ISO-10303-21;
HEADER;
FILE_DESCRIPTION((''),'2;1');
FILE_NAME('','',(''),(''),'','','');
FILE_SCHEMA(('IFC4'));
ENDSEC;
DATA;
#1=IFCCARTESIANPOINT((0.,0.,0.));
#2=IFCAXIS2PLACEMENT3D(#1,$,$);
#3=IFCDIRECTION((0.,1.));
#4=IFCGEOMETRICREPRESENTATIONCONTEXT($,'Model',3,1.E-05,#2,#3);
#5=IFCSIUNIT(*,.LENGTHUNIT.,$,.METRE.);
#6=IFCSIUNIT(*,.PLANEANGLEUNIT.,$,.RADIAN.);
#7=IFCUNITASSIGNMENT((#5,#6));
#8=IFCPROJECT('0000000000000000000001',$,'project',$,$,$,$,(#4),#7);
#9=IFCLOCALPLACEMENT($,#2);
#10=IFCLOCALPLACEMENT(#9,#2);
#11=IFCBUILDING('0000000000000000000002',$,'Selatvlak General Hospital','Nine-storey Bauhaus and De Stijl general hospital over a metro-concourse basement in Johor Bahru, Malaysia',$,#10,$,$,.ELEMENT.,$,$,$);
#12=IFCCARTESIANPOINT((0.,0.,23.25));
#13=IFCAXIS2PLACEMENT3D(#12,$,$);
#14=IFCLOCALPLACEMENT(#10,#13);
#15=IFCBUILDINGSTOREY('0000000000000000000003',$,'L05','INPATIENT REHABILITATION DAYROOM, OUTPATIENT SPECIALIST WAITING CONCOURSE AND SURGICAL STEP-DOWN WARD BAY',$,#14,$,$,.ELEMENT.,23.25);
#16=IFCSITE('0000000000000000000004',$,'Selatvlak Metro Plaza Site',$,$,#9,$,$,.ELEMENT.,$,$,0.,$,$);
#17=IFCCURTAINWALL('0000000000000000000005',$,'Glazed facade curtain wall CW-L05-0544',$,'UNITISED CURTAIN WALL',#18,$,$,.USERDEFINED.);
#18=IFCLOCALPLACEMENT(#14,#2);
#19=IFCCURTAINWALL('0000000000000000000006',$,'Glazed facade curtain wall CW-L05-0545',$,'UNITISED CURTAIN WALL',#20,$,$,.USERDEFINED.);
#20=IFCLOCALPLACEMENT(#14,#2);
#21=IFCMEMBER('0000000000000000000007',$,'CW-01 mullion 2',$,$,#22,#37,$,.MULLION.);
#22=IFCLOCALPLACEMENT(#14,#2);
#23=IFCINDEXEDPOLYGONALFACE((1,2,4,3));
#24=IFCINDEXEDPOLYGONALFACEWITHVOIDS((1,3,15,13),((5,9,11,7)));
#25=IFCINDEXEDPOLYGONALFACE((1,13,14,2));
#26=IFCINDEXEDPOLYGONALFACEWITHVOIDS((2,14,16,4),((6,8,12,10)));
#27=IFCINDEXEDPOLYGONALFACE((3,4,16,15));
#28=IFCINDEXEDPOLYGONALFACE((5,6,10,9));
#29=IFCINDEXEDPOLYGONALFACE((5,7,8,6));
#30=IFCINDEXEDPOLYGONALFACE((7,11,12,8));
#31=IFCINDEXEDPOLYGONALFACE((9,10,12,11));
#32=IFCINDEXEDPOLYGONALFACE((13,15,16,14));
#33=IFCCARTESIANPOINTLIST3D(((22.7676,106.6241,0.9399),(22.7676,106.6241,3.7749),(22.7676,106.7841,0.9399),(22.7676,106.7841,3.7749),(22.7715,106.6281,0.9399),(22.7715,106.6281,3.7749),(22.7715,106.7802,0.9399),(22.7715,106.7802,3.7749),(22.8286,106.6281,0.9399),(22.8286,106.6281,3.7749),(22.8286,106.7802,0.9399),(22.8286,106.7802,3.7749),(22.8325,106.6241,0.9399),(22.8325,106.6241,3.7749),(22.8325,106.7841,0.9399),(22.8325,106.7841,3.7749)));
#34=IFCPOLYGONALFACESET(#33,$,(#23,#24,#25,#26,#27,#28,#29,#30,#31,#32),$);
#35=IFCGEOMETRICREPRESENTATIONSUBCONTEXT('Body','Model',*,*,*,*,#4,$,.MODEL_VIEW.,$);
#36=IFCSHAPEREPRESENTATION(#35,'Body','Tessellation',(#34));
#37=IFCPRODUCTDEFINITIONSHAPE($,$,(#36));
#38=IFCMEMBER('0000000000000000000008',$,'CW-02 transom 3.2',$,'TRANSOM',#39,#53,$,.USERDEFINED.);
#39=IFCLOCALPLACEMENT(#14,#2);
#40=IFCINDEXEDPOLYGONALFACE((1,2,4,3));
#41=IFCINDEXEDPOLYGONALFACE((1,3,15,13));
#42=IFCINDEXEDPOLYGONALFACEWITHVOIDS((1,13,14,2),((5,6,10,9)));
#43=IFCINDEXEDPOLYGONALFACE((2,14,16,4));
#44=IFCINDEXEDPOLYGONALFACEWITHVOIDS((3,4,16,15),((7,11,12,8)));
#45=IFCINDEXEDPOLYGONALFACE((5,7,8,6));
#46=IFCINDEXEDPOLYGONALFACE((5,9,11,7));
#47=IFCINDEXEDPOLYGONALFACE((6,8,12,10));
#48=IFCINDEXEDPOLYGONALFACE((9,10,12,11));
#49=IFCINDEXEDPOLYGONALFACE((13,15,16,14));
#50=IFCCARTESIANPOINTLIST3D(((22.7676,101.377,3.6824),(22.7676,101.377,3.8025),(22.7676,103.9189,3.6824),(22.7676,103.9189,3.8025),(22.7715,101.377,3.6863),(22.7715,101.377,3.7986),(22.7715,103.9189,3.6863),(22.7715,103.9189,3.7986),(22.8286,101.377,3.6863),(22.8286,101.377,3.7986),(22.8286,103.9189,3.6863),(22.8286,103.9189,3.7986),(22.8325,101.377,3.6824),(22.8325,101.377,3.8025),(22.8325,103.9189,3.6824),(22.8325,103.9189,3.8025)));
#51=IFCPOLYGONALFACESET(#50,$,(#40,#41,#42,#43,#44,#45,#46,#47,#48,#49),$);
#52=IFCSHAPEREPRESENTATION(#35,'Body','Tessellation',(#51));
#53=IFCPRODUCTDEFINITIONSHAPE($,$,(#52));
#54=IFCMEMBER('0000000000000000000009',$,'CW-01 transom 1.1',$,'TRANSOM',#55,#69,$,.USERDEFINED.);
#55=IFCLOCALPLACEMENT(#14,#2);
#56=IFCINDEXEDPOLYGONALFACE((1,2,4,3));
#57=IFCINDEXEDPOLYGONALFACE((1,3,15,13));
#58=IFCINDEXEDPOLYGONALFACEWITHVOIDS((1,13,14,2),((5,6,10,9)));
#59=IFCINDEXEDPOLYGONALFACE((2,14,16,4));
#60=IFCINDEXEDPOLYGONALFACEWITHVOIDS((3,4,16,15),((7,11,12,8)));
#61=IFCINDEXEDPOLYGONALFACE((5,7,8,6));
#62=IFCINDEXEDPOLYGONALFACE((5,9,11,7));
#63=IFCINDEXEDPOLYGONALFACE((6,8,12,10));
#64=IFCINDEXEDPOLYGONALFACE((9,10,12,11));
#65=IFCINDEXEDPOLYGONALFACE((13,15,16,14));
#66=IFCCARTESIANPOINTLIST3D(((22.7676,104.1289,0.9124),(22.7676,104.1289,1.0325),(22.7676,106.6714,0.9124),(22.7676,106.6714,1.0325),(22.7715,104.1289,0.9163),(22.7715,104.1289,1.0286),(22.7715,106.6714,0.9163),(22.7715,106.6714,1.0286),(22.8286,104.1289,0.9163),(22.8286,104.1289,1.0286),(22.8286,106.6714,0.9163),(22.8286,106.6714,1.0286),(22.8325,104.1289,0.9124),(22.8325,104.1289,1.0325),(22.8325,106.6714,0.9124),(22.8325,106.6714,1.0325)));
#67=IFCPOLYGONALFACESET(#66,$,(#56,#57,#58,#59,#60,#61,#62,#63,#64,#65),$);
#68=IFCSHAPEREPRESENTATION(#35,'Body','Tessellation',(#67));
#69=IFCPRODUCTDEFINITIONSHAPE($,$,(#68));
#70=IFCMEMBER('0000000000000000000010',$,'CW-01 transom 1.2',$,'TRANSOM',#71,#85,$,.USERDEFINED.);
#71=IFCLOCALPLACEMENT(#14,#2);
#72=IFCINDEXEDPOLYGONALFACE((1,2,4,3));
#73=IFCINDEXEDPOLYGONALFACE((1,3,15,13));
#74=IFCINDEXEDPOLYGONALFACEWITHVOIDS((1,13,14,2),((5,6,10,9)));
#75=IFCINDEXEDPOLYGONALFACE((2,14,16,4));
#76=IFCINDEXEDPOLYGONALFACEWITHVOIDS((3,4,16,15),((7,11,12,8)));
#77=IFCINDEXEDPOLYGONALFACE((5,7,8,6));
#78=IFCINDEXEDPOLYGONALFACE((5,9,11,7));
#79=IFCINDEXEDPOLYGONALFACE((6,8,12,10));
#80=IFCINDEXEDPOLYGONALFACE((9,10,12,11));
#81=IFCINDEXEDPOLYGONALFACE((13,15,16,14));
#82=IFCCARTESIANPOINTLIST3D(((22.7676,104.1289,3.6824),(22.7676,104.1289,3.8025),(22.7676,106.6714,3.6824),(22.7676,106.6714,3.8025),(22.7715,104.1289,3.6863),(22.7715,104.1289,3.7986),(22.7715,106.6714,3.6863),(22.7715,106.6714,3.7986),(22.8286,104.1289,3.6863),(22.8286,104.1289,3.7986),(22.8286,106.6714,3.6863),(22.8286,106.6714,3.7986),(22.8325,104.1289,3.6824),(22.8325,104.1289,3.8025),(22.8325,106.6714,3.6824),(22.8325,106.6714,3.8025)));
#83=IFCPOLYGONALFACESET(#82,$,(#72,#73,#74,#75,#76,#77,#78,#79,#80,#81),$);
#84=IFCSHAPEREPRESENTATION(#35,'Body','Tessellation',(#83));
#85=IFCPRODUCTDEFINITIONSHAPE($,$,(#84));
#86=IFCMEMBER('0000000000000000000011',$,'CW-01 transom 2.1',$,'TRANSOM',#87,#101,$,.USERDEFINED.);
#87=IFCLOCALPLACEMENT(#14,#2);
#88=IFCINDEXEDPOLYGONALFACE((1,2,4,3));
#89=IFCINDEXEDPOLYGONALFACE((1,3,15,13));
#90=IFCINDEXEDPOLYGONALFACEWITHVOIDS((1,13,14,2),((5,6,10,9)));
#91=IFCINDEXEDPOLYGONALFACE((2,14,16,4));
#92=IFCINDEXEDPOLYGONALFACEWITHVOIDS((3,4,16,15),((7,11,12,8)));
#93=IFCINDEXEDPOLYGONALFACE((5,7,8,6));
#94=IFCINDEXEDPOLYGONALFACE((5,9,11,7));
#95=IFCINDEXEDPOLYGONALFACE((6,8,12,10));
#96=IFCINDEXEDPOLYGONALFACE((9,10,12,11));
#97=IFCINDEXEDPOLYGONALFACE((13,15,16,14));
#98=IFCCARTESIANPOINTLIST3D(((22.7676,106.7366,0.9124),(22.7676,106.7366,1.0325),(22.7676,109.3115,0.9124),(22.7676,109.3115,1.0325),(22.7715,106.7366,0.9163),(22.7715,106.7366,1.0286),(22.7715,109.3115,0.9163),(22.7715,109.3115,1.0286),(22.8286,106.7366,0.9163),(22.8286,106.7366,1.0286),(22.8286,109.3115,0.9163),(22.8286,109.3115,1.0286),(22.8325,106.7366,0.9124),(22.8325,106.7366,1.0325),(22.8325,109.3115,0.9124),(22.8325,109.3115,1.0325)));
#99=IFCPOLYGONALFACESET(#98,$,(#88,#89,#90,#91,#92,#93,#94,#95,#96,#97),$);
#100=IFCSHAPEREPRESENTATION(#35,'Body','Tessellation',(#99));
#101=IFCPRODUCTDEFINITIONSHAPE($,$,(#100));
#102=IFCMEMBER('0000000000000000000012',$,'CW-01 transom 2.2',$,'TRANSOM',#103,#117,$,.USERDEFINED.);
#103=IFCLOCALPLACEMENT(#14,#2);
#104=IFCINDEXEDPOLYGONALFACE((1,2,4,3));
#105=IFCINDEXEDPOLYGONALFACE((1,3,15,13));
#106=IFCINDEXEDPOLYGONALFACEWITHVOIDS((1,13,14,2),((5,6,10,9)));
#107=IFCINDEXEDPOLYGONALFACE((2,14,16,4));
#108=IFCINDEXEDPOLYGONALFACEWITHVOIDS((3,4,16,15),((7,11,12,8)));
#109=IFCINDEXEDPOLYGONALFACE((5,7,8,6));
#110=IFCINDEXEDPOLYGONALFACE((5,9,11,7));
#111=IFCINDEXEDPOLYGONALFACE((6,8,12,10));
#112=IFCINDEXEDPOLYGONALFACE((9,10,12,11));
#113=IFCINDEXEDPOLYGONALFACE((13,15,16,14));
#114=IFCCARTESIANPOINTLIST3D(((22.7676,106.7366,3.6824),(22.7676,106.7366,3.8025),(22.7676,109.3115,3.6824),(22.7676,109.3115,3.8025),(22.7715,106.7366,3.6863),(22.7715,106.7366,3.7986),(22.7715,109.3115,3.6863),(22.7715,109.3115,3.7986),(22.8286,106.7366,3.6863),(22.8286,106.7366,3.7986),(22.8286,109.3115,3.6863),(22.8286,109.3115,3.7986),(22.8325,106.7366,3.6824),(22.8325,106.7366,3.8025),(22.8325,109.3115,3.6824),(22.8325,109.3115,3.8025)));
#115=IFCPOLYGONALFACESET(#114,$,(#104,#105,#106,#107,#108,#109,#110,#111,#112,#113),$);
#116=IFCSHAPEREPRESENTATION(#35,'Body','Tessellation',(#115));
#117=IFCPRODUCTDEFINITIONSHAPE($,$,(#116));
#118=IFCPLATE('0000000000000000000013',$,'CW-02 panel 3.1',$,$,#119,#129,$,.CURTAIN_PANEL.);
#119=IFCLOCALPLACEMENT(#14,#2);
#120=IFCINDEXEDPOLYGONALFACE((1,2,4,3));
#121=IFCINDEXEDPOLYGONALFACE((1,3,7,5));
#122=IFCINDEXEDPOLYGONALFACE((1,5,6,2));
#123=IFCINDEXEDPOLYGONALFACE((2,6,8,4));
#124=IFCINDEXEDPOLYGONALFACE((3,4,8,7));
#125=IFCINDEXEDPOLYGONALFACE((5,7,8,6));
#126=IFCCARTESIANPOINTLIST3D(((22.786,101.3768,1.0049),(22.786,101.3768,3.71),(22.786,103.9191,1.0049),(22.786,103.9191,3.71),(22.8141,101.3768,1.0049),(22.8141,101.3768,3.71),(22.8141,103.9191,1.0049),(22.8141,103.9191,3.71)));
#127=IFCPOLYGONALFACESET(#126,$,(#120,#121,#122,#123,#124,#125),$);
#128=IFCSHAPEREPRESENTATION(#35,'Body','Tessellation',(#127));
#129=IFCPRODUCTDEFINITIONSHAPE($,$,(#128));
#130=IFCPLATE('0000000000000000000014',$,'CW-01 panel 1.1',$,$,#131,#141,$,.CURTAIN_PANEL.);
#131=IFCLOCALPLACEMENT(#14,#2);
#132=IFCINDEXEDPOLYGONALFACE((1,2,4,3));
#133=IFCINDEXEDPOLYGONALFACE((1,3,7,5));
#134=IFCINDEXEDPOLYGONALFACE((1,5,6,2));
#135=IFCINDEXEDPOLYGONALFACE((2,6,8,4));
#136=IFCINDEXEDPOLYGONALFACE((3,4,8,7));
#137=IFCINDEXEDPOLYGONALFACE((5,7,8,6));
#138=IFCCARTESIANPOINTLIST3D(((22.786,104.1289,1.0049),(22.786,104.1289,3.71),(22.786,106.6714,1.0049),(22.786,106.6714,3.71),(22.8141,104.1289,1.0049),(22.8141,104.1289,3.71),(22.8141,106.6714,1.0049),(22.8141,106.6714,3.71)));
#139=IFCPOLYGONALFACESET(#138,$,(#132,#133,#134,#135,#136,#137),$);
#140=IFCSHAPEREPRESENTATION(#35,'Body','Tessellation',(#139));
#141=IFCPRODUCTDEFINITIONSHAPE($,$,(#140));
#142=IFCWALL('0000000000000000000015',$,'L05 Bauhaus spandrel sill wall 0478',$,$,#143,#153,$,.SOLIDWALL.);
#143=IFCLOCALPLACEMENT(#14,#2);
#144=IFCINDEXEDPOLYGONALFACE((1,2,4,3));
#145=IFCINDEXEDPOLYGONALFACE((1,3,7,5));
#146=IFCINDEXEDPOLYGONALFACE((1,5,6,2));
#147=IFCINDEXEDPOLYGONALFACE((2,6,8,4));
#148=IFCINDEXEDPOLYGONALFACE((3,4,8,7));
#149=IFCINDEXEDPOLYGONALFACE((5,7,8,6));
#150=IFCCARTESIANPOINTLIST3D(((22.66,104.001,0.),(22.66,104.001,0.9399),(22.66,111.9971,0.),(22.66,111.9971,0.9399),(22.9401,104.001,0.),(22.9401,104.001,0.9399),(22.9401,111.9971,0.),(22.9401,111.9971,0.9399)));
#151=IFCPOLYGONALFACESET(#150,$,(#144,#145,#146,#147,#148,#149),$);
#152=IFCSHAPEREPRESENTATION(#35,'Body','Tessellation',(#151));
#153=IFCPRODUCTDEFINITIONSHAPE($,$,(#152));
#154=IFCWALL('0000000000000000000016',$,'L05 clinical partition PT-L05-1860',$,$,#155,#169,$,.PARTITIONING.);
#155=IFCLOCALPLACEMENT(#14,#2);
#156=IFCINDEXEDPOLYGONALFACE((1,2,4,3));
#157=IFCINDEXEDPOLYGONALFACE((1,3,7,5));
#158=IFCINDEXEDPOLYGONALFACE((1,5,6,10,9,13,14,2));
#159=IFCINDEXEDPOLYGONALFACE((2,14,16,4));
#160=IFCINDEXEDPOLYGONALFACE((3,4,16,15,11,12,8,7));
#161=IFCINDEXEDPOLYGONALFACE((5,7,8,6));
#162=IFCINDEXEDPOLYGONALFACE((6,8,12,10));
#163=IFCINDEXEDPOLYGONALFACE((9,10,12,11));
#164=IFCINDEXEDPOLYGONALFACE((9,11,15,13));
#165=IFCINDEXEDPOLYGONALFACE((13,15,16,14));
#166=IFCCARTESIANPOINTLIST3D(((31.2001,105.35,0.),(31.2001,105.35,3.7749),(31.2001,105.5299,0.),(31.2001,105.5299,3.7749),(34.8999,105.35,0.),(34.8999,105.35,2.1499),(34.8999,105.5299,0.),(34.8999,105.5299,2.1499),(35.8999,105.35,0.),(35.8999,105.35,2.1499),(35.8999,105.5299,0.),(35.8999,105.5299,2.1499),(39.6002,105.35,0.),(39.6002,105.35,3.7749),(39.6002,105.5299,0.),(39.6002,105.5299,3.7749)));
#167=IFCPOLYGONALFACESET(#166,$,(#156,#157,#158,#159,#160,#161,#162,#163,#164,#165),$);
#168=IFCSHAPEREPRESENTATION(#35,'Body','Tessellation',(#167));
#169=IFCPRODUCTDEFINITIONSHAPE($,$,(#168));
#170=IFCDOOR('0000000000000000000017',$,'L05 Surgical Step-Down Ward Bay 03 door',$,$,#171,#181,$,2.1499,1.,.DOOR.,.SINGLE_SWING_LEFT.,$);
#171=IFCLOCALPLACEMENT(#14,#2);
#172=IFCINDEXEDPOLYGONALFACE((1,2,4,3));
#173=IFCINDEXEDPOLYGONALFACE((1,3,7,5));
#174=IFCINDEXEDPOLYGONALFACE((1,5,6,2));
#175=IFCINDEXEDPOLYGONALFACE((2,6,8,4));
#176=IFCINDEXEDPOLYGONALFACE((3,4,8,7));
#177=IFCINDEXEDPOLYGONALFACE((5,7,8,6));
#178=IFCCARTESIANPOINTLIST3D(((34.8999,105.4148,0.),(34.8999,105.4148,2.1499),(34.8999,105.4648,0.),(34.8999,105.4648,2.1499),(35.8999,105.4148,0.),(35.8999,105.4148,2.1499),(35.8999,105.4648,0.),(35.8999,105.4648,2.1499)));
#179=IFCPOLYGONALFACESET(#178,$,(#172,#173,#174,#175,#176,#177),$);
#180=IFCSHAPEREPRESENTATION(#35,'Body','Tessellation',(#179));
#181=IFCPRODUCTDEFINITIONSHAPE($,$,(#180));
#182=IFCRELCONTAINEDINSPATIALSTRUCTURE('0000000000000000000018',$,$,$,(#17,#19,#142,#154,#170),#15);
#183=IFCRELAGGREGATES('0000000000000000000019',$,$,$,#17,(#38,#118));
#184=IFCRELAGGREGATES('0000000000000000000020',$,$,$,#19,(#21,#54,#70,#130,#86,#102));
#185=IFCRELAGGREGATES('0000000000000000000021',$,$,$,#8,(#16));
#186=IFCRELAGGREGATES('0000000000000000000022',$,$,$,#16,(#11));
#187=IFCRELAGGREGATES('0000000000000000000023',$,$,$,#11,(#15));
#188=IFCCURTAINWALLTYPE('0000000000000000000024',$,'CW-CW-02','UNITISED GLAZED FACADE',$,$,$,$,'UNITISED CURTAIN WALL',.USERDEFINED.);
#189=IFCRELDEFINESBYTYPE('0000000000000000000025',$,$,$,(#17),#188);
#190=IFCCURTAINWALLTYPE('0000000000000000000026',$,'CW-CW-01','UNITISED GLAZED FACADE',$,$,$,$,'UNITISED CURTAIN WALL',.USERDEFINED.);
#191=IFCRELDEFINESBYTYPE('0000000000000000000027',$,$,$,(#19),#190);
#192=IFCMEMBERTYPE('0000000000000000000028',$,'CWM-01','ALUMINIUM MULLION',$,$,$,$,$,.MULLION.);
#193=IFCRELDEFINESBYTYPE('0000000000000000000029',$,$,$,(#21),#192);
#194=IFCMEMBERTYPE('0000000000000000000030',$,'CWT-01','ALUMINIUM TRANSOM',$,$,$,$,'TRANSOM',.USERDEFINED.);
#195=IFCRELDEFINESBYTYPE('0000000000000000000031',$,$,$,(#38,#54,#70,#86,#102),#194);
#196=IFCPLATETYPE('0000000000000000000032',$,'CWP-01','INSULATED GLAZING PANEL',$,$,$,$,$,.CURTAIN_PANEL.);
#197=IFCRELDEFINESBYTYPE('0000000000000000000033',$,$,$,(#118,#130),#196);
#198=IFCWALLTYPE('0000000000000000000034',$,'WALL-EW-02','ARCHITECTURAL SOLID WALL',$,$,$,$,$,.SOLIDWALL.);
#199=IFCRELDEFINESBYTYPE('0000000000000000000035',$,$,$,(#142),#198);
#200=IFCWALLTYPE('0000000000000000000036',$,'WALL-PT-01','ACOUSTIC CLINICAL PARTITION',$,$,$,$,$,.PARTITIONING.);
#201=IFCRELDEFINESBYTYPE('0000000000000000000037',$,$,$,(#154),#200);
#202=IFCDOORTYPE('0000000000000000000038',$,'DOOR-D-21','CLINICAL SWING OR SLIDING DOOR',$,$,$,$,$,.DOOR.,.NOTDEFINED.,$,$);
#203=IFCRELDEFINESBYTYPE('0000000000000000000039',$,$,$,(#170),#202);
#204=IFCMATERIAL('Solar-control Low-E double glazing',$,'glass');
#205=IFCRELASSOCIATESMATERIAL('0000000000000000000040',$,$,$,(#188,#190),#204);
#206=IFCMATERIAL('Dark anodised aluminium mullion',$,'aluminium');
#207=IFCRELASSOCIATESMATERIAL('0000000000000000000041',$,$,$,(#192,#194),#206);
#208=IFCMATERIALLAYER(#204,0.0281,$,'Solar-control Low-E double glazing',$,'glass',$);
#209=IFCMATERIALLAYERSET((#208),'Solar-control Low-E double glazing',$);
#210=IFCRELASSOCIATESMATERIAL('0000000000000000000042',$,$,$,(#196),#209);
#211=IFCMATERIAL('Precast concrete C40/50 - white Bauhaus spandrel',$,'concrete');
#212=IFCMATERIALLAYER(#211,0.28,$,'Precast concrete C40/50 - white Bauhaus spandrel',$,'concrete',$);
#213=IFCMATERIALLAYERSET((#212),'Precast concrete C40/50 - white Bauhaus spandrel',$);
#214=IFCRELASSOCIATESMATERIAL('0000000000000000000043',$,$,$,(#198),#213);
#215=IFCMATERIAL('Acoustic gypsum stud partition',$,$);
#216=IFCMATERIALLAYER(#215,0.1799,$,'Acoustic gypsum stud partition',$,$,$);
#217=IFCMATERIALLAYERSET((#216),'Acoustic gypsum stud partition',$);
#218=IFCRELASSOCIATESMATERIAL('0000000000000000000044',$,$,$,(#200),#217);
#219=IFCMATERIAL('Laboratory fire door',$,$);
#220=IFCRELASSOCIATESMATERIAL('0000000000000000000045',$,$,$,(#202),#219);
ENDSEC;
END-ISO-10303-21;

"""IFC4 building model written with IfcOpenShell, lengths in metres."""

from ifc_helpers import new_model, si_unit, direction, frame, frame_2d, origin, origin_2d, place, context, subcontext, project, spatial, rectangle, hollow_rectangle, extrude, material, layer, layer_set, material_profile, profile_set, type_object, element, fill, aggregate, save


model = new_model("IFC4")

# Units and contexts
model_context = context("Model", 3, precision=1e-05, world=origin(), true_north=direction((0.0, 1.0)))
body_context = subcontext(model_context, "Body", "Model", "MODEL_VIEW")
ifc_project = project(units=[si_unit("LENGTHUNIT", "METRE"), si_unit("PLANEANGLEUNIT", "RADIAN")], contexts=[model_context])

# Site, building, storey
site_placement = place(None, origin())
site = spatial("IfcSite", under=ifc_project, at=site_placement, Name="Selatvlak Metro Plaza Site", CompositionType="ELEMENT", RefElevation=0.0)
building_placement = place(site_placement, origin())
building = spatial("IfcBuilding", under=site, at=building_placement, Name="Selatvlak General Hospital", Description="Nine-storey Bauhaus and De Stijl general hospital over a metro-concourse basement in Johor Bahru, Malaysia", CompositionType="ELEMENT")
storey_placement = place(building_placement, frame((0.0, 0.0, 23.25)))
storey = spatial("IfcBuildingStorey", under=building, at=storey_placement, Name="L05", Description="INPATIENT REHABILITATION DAYROOM, OUTPATIENT SPECIALIST WAITING CONCOURSE AND SURGICAL STEP-DOWN WARD BAY", CompositionType="ELEMENT", Elevation=23.25)

# Curtain wall
ifc_material_1 = material(Name="Solar-control Low-E double glazing", Category="glass")
curtain_wall_type_1 = type_object("IfcCurtainWallType", Name="CW-CW-02", Description="UNITISED GLAZED FACADE", ElementType="UNITISED CURTAIN WALL", PredefinedType="USERDEFINED", material=ifc_material_1)
curtain_wall_1_placement = place(storey_placement, origin())
curtain_wall_1 = element("IfcCurtainWall", 1, at=curtain_wall_1_placement, inside=storey, type_object=curtain_wall_type_1, Name="Glazed facade curtain wall CW-L05-0544", ObjectType="UNITISED CURTAIN WALL", PredefinedType="USERDEFINED")
ifc_material_2 = material(Name="Dark anodised aluminium mullion", Category="aluminium")
ifc_material_profile_1 = material_profile(ifc_material_2, hollow_rectangle(XDim=0.0649, YDim=0.1599, WallThickness=0.0039, at=origin_2d()), Name="AL-MUL 65x160x4")
ifc_profile_set_1 = profile_set([ifc_material_profile_1], Name="Dark anodised aluminium mullion")
member_type_1 = type_object("IfcMemberType", Name="CWM-01", Description="ALUMINIUM MULLION", PredefinedType="MULLION", material=ifc_profile_set_1)

# Curtain wall, member
curtain_wall_type_2 = type_object("IfcCurtainWallType", Name="CW-CW-01", Description="UNITISED GLAZED FACADE", ElementType="UNITISED CURTAIN WALL", PredefinedType="USERDEFINED", material=ifc_material_1)
curtain_wall_2_placement = place(storey_placement, origin())
curtain_wall_2 = element("IfcCurtainWall", 2, at=curtain_wall_2_placement, inside=storey, type_object=curtain_wall_type_2, Name="Glazed facade curtain wall CW-L05-0545", ObjectType="UNITISED CURTAIN WALL", PredefinedType="USERDEFINED")
member_1_placement = place(storey_placement, frame((22.8, 106.7041, 0.9399), z_axis=(0.0, 0.0, 1.0), x_axis=(-1.0, 0.0, 0.0)))
member_1 = element("IfcMember", 3, at=member_1_placement, type_object=member_type_1, Name="CW-01 mullion 2", PredefinedType="MULLION", context=body_context, shape_type="SweptSolid", body=[
    extrude(hollow_rectangle(XDim=0.0649, YDim=0.1599, WallThickness=0.0039, at=origin_2d()), origin(), (0.0, 0.0, 1.0), 2.835),
])

# Members
ifc_material_profile_2 = material_profile(ifc_material_2, hollow_rectangle(XDim=0.0649, YDim=0.1201, WallThickness=0.0039, at=origin_2d()), Name="AL-TRN 65x120x4")
ifc_profile_set_2 = profile_set([ifc_material_profile_2], Name="Dark anodised aluminium mullion")
member_type_2 = type_object("IfcMemberType", Name="CWT-01", Description="ALUMINIUM TRANSOM", ElementType="TRANSOM", PredefinedType="USERDEFINED", material=ifc_profile_set_2)
member_2_placement = place(storey_placement, frame((22.8, 101.377, 3.7424), z_axis=(0.0, 1.0, 0.0), x_axis=(-1.0, 0.0, 0.0)))
member_2 = element("IfcMember", 4, at=member_2_placement, type_object=member_type_2, Name="CW-02 transom 3.2", ObjectType="TRANSOM", PredefinedType="USERDEFINED", context=body_context, shape_type="SweptSolid", body=[
    extrude(hollow_rectangle(XDim=0.0649, YDim=0.1201, WallThickness=0.0039, at=origin_2d()), origin(), (0.0, 0.0, 1.0), 2.542),
])
member_3_placement = place(storey_placement, frame((22.8, 104.1289, 0.9724), z_axis=(0.0, 1.0, 0.0), x_axis=(-1.0, 0.0, 0.0)))
member_3 = element("IfcMember", 5, at=member_3_placement, type_object=member_type_2, Name="CW-01 transom 1.1", ObjectType="TRANSOM", PredefinedType="USERDEFINED", context=body_context, shape_type="SweptSolid", body=[
    extrude(hollow_rectangle(XDim=0.0649, YDim=0.1201, WallThickness=0.0039, at=origin_2d()), origin(), (0.0, 0.0, 1.0), 2.5425),
])
member_4_placement = place(storey_placement, frame((22.8, 104.1289, 3.7424), z_axis=(0.0, 1.0, 0.0), x_axis=(-1.0, 0.0, 0.0)))
member_4 = element("IfcMember", 6, at=member_4_placement, type_object=member_type_2, Name="CW-01 transom 1.2", ObjectType="TRANSOM", PredefinedType="USERDEFINED", context=body_context, shape_type="SweptSolid", body=[
    extrude(hollow_rectangle(XDim=0.0649, YDim=0.1201, WallThickness=0.0039, at=origin_2d()), origin(), (0.0, 0.0, 1.0), 2.5425),
])
member_5_placement = place(storey_placement, frame((22.8, 106.7366, 0.9724), z_axis=(0.0, 1.0, 0.0), x_axis=(-1.0, 0.0, 0.0)))
member_5 = element("IfcMember", 7, at=member_5_placement, type_object=member_type_2, Name="CW-01 transom 2.1", ObjectType="TRANSOM", PredefinedType="USERDEFINED", context=body_context, shape_type="SweptSolid", body=[
    extrude(hollow_rectangle(XDim=0.0649, YDim=0.1201, WallThickness=0.0039, at=origin_2d()), origin(), (0.0, 0.0, 1.0), 2.575),
])
member_6_placement = place(storey_placement, frame((22.8, 106.7366, 3.7424), z_axis=(0.0, 1.0, 0.0), x_axis=(-1.0, 0.0, 0.0)))
member_6 = element("IfcMember", 8, at=member_6_placement, type_object=member_type_2, Name="CW-01 transom 2.2", ObjectType="TRANSOM", PredefinedType="USERDEFINED", context=body_context, shape_type="SweptSolid", body=[
    extrude(hollow_rectangle(XDim=0.0649, YDim=0.1201, WallThickness=0.0039, at=origin_2d()), origin(), (0.0, 0.0, 1.0), 2.575),
])

# Plates
ifc_layer_1 = layer(ifc_material_1, 0.0281, Name="Solar-control Low-E double glazing", Category="glass")
ifc_layer_set_1 = layer_set([ifc_layer_1], Name="Solar-control Low-E double glazing")
plate_type = type_object("IfcPlateType", Name="CWP-01", Description="INSULATED GLAZING PANEL", PredefinedType="CURTAIN_PANEL", material=ifc_layer_set_1)
plate_1_placement = place(storey_placement, frame((22.8, 102.6479, 1.0049), z_axis=(0.0, 0.0, 1.0), x_axis=(0.0, 1.0, 0.0)))
plate_1 = element("IfcPlate", 9, at=plate_1_placement, type_object=plate_type, Name="CW-02 panel 3.1", PredefinedType="CURTAIN_PANEL", context=body_context, shape_type="SweptSolid", body=[
    extrude(rectangle(XDim=2.5422, YDim=0.0281, at=origin_2d()), origin(), (0.0, 0.0, 1.0), 2.7051),
])
aggregate(curtain_wall_1, [member_2, plate_1])
plate_2_placement = place(storey_placement, frame((22.8, 105.4001, 1.0049), z_axis=(0.0, 0.0, 1.0), x_axis=(0.0, 1.0, 0.0)))
plate_2 = element("IfcPlate", 10, at=plate_2_placement, type_object=plate_type, Name="CW-01 panel 1.1", PredefinedType="CURTAIN_PANEL", context=body_context, shape_type="SweptSolid", body=[
    extrude(rectangle(XDim=2.5425, YDim=0.0281, at=origin_2d()), origin(), (0.0, 0.0, 1.0), 2.7051),
])
aggregate(curtain_wall_2, [member_1, member_3, member_4, plate_2, member_5, member_6])

# Wall
ifc_material_3 = material(Name="Precast concrete C40/50 - white Bauhaus spandrel", Category="concrete")
ifc_layer_2 = layer(ifc_material_3, 0.28, Name="Precast concrete C40/50 - white Bauhaus spandrel", Category="concrete")
ifc_layer_set_2 = layer_set([ifc_layer_2], Name="Precast concrete C40/50 - white Bauhaus spandrel")
wall_type_1 = type_object("IfcWallType", Name="WALL-EW-02", Description="ARCHITECTURAL SOLID WALL", PredefinedType="SOLIDWALL", material=ifc_layer_set_2)
wall_1_placement = place(storey_placement, frame((22.8, 104.001, 0.0), z_axis=(0.0, 0.0, 1.0), x_axis=(0.0, 1.0, 0.0)))
element("IfcWall", 11, at=wall_1_placement, inside=storey, type_object=wall_type_1, Name="L05 Bauhaus spandrel sill wall 0478", PredefinedType="SOLIDWALL", context=body_context, shape_type="SweptSolid", body=[
    extrude(rectangle(XDim=7.9961, YDim=0.28, at=frame_2d((3.998, 0.0))), origin(), (0.0, 0.0, 1.0), 0.9399),
])

# Wall, opening, door
ifc_material_4 = material(Name="Acoustic gypsum stud partition")
ifc_layer_3 = layer(ifc_material_4, 0.1799, Name="Acoustic gypsum stud partition")
ifc_layer_set_3 = layer_set([ifc_layer_3], Name="Acoustic gypsum stud partition")
wall_type_2 = type_object("IfcWallType", Name="WALL-PT-01", Description="ACOUSTIC CLINICAL PARTITION", PredefinedType="PARTITIONING", material=ifc_layer_set_3)
wall_2_placement = place(storey_placement, frame((31.2, 105.4399, 0.0), z_axis=(0.0, 0.0, 1.0), x_axis=(1.0, 0.0, 0.0)))
wall_2 = element("IfcWall", 12, at=wall_2_placement, inside=storey, type_object=wall_type_2, Name="L05 clinical partition PT-L05-1860", PredefinedType="PARTITIONING", context=body_context, shape_type="SweptSolid", body=[
    extrude(rectangle(XDim=8.4001, YDim=0.1799, at=frame_2d((4.2002, 0.0))), origin(), (0.0, 0.0, 1.0), 3.7749),
])
opening_1_placement = place(wall_2_placement, frame((3.7, 0.0, 0.0)))
opening_1 = element("IfcOpeningElement", 13, at=opening_1_placement, cuts=wall_2, PredefinedType="OPENING", context=body_context, shape_type="SweptSolid", body=[
    extrude(rectangle(XDim=1.0, YDim=2.1499, at=frame_2d((0.5, 1.075))), frame((0.0, 0.0999, 0.0), z_axis=(0.0, -1.0, 0.0), x_axis=(1.0, 0.0, 0.0)), (0.0, 0.0, 1.0), 0.2),
])
ifc_material_5 = material(Name="Laboratory fire door")
door_type_1 = type_object("IfcDoorType", Name="DOOR-D-21", Description="CLINICAL SWING OR SLIDING DOOR", OperationType="NOTDEFINED", PredefinedType="DOOR", material=ifc_material_5)
door_1_placement = place(opening_1_placement, origin())
door_1 = element("IfcDoor", 14, at=door_1_placement, inside=storey, type_object=door_type_1, Name="L05 Surgical Step-Down Ward Bay 03 door", OperationType="SINGLE_SWING_LEFT", OverallHeight=2.1499, OverallWidth=1.0, PredefinedType="DOOR", context=body_context, shape_type="SweptSolid", body=[
    extrude(rectangle(XDim=1.0, YDim=2.1499, at=frame_2d((0.5, 1.075))), frame((0.0, 0.0249, 0.0), z_axis=(0.0, -1.0, 0.0), x_axis=(1.0, 0.0, 0.0)), (0.0, 0.0, 1.0), 0.05),
])
fill(opening_1, door_1)

save(model, "model.ifc")
